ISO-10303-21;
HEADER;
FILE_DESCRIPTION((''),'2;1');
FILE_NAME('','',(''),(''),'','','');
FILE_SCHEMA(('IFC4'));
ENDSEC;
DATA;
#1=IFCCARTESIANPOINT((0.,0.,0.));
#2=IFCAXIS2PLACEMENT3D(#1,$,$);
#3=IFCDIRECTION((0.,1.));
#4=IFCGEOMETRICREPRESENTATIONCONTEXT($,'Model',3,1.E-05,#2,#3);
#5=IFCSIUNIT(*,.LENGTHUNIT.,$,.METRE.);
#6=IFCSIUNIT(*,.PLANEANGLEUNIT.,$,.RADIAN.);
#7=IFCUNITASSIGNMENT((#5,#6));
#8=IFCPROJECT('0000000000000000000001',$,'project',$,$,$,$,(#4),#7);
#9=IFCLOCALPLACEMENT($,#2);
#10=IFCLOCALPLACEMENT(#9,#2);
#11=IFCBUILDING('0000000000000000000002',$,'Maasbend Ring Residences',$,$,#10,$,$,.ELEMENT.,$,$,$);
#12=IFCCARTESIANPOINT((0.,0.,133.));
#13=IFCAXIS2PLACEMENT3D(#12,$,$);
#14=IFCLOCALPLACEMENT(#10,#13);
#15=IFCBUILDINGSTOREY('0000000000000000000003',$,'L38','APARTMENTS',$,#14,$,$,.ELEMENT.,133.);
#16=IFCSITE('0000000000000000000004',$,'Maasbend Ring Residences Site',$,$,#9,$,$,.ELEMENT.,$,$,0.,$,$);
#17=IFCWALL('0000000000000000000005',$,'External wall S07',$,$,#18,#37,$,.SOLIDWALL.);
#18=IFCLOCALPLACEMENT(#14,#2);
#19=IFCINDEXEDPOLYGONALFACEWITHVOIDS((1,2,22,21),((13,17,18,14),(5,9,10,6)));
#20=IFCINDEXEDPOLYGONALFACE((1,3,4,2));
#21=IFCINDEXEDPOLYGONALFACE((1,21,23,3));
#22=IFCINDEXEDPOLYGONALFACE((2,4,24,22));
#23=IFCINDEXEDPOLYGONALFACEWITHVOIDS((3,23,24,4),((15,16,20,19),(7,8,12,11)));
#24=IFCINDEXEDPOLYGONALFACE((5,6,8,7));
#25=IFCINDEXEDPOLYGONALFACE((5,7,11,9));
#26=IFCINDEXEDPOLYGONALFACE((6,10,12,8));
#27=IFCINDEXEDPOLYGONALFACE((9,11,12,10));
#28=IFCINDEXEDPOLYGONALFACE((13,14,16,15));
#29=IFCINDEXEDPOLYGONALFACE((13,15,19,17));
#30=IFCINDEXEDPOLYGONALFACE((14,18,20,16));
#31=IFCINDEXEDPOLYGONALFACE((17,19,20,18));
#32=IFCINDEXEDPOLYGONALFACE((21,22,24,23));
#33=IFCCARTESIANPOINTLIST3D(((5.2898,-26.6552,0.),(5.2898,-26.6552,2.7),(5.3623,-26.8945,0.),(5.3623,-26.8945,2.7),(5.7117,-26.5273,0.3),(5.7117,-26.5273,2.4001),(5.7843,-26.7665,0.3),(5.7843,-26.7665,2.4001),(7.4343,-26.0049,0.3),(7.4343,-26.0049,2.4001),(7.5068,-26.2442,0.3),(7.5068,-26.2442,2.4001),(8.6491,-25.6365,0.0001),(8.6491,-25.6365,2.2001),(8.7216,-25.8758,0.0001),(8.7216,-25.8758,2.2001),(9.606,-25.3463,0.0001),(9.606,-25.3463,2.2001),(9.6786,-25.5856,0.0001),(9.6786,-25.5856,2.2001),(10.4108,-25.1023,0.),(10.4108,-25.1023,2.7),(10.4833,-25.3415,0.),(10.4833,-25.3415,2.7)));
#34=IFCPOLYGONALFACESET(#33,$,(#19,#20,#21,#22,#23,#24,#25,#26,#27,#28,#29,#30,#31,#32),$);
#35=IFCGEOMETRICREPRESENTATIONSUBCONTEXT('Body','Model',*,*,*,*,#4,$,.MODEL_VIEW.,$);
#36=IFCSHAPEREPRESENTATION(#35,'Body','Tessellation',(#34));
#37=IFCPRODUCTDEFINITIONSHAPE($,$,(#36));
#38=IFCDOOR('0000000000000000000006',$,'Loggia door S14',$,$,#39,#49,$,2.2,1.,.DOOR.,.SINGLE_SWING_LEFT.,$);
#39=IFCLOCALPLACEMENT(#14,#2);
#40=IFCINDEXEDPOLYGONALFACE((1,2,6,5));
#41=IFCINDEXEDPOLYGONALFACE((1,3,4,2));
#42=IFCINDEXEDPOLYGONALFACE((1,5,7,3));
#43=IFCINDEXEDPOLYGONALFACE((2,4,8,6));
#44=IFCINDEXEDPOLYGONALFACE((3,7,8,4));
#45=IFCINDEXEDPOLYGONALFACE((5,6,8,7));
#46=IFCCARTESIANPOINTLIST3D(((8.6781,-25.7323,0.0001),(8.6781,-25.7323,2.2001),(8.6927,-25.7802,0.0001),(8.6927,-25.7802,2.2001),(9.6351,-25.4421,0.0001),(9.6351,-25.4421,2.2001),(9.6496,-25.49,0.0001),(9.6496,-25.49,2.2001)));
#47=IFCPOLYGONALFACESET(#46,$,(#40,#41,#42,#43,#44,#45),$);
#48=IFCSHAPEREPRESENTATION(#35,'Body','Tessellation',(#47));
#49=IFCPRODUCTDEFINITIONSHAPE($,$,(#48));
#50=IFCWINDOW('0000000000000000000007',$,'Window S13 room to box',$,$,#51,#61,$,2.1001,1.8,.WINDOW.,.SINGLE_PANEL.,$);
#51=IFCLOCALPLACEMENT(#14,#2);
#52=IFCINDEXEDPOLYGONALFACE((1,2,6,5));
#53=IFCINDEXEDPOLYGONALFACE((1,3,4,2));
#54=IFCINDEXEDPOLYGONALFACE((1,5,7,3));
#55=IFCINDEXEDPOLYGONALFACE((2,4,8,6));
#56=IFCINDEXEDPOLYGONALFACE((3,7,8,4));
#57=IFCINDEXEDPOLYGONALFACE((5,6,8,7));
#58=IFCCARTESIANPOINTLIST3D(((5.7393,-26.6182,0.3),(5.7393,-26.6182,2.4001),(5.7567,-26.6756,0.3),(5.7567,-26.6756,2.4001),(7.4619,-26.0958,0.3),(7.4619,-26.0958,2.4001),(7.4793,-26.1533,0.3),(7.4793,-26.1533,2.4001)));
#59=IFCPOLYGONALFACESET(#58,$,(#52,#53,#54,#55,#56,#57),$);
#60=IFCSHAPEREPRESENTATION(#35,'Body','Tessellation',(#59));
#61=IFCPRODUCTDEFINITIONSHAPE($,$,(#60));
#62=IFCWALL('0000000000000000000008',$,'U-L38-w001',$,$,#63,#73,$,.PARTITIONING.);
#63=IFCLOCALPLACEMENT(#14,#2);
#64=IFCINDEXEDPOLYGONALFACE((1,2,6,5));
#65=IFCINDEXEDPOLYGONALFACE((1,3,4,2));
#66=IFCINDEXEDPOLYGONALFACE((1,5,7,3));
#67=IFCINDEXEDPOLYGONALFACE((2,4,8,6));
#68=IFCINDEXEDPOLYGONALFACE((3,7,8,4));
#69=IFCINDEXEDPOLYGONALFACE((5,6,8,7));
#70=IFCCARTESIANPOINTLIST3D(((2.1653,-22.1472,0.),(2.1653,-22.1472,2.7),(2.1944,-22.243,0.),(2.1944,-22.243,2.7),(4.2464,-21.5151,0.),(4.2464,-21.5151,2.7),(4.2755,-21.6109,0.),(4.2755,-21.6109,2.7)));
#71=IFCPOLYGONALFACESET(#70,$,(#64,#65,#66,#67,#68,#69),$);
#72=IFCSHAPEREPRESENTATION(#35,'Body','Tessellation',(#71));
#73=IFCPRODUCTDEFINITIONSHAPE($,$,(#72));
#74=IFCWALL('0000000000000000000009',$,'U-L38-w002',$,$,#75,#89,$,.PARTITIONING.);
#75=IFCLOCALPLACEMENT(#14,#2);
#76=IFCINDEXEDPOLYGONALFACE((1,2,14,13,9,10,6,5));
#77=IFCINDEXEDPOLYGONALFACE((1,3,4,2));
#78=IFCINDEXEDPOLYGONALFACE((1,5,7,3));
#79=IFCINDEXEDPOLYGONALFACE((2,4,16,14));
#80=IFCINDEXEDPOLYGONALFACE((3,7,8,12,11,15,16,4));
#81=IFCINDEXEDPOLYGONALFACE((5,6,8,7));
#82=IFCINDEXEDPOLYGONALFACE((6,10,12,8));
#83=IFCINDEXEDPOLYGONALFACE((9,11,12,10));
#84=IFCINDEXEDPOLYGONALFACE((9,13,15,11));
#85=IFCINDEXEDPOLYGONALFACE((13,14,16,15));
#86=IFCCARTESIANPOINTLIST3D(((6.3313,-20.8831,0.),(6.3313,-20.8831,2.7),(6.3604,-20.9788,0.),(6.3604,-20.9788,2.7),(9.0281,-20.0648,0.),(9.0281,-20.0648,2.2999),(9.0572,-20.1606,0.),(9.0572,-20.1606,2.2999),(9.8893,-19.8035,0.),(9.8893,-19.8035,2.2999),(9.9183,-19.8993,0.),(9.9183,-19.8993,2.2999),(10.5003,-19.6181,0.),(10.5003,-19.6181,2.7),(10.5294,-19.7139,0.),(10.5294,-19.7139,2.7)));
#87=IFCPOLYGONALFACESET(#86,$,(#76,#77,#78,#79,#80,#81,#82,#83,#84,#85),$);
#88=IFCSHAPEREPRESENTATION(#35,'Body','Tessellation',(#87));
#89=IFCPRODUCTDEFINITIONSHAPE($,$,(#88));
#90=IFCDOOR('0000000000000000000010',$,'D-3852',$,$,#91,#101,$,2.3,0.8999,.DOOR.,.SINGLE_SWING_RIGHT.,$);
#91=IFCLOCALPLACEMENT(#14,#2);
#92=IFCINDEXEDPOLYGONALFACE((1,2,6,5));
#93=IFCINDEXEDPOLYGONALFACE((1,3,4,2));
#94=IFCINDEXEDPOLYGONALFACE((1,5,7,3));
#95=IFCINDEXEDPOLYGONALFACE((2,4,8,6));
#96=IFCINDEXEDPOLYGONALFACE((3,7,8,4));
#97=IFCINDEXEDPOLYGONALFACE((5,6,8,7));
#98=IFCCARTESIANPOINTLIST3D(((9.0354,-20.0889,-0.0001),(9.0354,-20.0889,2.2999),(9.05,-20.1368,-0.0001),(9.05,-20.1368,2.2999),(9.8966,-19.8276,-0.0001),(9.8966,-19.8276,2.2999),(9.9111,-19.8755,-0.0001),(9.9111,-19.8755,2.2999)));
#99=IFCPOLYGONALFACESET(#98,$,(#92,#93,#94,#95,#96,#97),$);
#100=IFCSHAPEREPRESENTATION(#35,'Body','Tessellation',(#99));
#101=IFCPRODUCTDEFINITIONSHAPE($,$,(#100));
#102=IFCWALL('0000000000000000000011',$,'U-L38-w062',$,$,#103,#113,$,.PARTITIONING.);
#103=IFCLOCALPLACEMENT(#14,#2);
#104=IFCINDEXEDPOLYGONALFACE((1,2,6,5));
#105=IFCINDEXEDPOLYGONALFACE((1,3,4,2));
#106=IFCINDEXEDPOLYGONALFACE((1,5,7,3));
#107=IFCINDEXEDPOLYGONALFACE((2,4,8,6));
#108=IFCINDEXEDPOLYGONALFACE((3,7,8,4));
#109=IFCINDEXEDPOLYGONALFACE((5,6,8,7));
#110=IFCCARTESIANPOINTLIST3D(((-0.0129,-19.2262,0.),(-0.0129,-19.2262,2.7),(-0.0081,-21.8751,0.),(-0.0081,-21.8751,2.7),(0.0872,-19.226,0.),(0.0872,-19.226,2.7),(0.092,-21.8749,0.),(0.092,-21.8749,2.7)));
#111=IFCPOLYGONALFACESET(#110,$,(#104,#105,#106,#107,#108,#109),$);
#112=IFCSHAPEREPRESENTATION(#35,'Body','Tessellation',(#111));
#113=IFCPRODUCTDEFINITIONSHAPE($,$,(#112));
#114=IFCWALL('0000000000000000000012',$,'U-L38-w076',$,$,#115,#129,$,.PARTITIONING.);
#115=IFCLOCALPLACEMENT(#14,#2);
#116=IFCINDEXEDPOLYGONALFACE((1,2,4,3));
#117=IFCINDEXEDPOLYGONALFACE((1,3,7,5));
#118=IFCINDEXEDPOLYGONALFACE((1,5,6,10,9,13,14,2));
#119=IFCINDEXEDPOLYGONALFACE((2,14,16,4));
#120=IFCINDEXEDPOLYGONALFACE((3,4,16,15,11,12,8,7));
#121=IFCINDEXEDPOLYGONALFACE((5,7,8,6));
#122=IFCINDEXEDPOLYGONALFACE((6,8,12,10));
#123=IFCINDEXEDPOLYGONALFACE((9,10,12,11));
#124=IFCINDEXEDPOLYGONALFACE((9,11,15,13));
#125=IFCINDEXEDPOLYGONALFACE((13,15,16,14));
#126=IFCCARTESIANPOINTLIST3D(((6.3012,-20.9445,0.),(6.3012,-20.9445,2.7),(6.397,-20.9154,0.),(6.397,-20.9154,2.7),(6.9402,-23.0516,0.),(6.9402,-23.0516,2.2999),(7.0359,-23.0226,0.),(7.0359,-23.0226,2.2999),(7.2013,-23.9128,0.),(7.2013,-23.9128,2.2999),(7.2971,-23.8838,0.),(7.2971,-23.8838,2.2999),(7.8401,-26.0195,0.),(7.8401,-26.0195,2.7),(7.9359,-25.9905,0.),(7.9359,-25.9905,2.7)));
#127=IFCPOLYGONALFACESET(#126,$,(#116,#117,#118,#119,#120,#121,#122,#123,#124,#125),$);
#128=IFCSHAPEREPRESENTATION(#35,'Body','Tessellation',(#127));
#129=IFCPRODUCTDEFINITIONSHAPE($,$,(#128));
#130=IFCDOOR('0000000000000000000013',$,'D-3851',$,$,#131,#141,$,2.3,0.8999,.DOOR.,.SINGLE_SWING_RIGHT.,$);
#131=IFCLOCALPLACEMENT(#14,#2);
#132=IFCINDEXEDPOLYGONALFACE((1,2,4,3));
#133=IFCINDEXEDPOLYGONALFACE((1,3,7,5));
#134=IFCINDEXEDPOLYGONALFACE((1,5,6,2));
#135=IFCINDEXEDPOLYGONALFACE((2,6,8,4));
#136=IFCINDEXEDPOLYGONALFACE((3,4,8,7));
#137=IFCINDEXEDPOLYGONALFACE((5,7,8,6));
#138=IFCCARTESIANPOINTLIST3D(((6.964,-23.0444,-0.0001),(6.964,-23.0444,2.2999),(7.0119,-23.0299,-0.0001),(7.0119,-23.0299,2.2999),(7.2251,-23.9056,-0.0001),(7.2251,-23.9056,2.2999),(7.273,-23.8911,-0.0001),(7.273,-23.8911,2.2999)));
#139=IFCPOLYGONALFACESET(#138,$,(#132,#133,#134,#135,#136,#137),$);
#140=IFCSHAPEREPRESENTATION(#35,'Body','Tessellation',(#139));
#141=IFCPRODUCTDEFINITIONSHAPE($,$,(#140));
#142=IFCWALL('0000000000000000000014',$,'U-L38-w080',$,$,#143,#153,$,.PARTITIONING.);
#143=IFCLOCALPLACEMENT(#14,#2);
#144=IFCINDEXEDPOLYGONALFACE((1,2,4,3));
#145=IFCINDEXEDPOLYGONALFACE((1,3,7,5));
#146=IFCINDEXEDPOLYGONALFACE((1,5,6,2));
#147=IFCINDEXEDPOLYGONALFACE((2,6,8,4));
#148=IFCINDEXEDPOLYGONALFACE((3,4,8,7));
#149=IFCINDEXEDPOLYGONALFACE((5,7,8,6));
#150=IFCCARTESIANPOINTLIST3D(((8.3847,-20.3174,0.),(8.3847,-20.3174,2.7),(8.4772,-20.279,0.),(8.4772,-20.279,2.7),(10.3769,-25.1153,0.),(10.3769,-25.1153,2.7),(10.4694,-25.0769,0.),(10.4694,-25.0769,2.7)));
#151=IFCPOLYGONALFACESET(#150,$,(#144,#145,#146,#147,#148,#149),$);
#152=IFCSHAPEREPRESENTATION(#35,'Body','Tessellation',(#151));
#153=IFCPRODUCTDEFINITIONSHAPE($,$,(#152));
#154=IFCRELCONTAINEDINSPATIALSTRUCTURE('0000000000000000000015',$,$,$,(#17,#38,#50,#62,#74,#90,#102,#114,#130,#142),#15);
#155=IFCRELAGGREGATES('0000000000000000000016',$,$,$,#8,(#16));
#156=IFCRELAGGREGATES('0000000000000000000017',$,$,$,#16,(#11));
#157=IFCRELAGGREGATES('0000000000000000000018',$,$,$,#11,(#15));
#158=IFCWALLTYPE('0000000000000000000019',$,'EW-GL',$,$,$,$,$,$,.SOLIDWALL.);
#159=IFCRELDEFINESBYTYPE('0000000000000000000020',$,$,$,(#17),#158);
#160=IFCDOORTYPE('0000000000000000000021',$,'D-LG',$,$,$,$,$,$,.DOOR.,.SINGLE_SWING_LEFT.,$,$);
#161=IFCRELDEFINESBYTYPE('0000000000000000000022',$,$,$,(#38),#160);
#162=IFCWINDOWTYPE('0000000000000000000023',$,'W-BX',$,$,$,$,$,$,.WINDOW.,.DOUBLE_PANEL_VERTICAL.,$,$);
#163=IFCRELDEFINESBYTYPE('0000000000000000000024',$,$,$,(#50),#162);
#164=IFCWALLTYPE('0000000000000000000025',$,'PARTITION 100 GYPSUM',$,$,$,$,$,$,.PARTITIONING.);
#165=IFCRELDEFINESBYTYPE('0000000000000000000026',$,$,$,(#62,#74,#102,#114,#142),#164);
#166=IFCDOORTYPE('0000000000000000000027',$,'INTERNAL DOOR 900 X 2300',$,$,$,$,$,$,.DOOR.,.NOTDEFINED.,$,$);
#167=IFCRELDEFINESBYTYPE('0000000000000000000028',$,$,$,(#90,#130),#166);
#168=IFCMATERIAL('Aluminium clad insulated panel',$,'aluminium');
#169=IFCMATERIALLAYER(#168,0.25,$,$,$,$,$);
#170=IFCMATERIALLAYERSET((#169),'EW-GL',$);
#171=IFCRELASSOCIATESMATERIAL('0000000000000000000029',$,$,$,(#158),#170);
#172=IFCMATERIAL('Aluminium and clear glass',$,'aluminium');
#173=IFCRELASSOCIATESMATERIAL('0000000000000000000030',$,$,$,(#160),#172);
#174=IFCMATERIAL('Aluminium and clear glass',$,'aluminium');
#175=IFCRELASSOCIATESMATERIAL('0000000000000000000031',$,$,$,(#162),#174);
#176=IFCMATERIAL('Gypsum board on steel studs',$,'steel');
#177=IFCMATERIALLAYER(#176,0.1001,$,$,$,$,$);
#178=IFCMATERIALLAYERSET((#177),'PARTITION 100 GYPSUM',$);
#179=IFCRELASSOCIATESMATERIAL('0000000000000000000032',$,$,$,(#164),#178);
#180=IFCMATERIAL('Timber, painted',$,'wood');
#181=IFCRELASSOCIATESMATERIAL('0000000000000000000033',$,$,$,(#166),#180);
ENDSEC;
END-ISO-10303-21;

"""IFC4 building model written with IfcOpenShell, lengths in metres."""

from ifc_helpers import new_model, si_unit, direction, frame, frame_2d, origin, place, context, subcontext, project, spatial, rectangle, extrude, material, layer, layer_set, type_object, element, fill, save


model = new_model("IFC4")

# Units and contexts
model_context = context("Model", 3, precision=1e-05, world=origin(), true_north=direction((0.0, 1.0)))
body_context = subcontext(model_context, "Body", "Model", "MODEL_VIEW")
ifc_project = project(units=[si_unit("LENGTHUNIT", "METRE"), si_unit("PLANEANGLEUNIT", "RADIAN")], contexts=[model_context])

# Site, building, storey
site_placement = place(None, origin())
site = spatial("IfcSite", under=ifc_project, at=site_placement, Name="Maasbend Ring Residences Site", CompositionType="ELEMENT", RefElevation=0.0)
building_placement = place(site_placement, origin())
building = spatial("IfcBuilding", under=site, at=building_placement, Name="Maasbend Ring Residences", CompositionType="ELEMENT")
storey_placement = place(building_placement, frame((0.0, 0.0, 133.0)))
storey = spatial("IfcBuildingStorey", under=building, at=storey_placement, Name="L38", Description="APARTMENTS", CompositionType="ELEMENT", Elevation=133.0)

# Wall, openings, door, window
ifc_material_1 = material(Name="Aluminium clad insulated panel", Category="aluminium")
ifc_layer_1 = layer(ifc_material_1, 0.25)
ifc_layer_set_1 = layer_set([ifc_layer_1], Name="EW-GL")
wall_type_1 = type_object("IfcWallType", Name="EW-GL", PredefinedType="SOLIDWALL", material=ifc_layer_set_1)
wall_1_placement = place(storey_placement, frame((5.3259, -26.7749, 0.0), z_axis=(0.0, 0.0, 1.0), x_axis=(0.956966, 0.290201, 0.0)))
wall_1 = element("IfcWall", 1, at=wall_1_placement, inside=storey, type_object=wall_type_1, Name="External wall S07", PredefinedType="SOLIDWALL", context=body_context, shape_type="SweptSolid", body=[
    extrude(rectangle(XDim=5.3513, YDim=0.25, at=frame_2d((2.6758, 0.0))), origin(), (0.0, 0.0, 1.0), 2.7),
])
opening_1_placement = place(wall_1_placement, frame((0.4412, 0.0, 0.3)))
opening_1 = element("IfcOpeningElement", 2, at=opening_1_placement, cuts=wall_1, PredefinedType="OPENING", context=body_context, shape_type="SweptSolid", body=[
    extrude(rectangle(XDim=1.8, YDim=2.1001, at=frame_2d((0.8999, 1.05))), frame((0.0, 0.135, 0.0), z_axis=(0.0, -1.0, 0.0), x_axis=(1.0, 0.0, 0.0)), (0.0, 0.0, 1.0), 0.27),
])
opening_2_placement = place(wall_1_placement, frame((3.5105, 0.0, 0.0)))
opening_2 = element("IfcOpeningElement", 3, at=opening_2_placement, cuts=wall_1, PredefinedType="OPENING", context=body_context, shape_type="SweptSolid", body=[
    extrude(rectangle(XDim=1.0, YDim=2.2, at=frame_2d((0.5, 1.1001))), frame((0.0, 0.135, 0.0), z_axis=(0.0, -1.0, 0.0), x_axis=(1.0, 0.0, 0.0)), (0.0, 0.0, 1.0), 0.27),
])
ifc_material_2 = material(Name="Aluminium and clear glass", Category="aluminium")
door_type_1 = type_object("IfcDoorType", Name="D-LG", OperationType="SINGLE_SWING_LEFT", PredefinedType="DOOR", material=ifc_material_2)
door_1_placement = place(opening_2_placement, origin())
door_1 = element("IfcDoor", 4, at=door_1_placement, inside=storey, type_object=door_type_1, Name="Loggia door S14", OperationType="SINGLE_SWING_LEFT", OverallHeight=2.2, OverallWidth=1.0, PredefinedType="DOOR", context=body_context, shape_type="SweptSolid", body=[
    extrude(rectangle(XDim=1.0, YDim=2.2, at=frame_2d((0.5, 1.1001))), frame((0.0, 0.0249, 0.0), z_axis=(0.0, -1.0, 0.0), x_axis=(1.0, 0.0, 0.0)), (0.0, 0.0, 1.0), 0.05),
])
fill(opening_2, door_1)
ifc_material_3 = material(Name="Aluminium and clear glass", Category="aluminium")
window_type_1 = type_object("IfcWindowType", Name="W-BX", PartitioningType="DOUBLE_PANEL_VERTICAL", PredefinedType="WINDOW", material=ifc_material_3)
window_1_placement = place(opening_1_placement, origin())
window_1 = element("IfcWindow", 5, at=window_1_placement, inside=storey, type_object=window_type_1, Name="Window S13 room to box", OverallHeight=2.1001, OverallWidth=1.8, PartitioningType="SINGLE_PANEL", PredefinedType="WINDOW", context=body_context, shape_type="SweptSolid", body=[
    extrude(rectangle(XDim=1.8, YDim=2.1001, at=frame_2d((0.8999, 1.05))), frame((0.0, 0.03, 0.0), z_axis=(0.0, -1.0, 0.0), x_axis=(1.0, 0.0, 0.0)), (0.0, 0.0, 1.0), 0.0601),
])
fill(opening_1, window_1)

# Wall
ifc_material_4 = material(Name="Gypsum board on steel studs", Category="steel")
ifc_layer_2 = layer(ifc_material_4, 0.1001)
ifc_layer_set_2 = layer_set([ifc_layer_2], Name="PARTITION 100 GYPSUM")
wall_type_2 = type_object("IfcWallType", Name="PARTITION 100 GYPSUM", PredefinedType="PARTITIONING", material=ifc_layer_set_2)
wall_2_placement = place(storey_placement, frame((2.1799, -22.1951, 0.0), z_axis=(0.0, 0.0, 1.0), x_axis=(0.956838, 0.290621, 0.0)))
element("IfcWall", 6, at=wall_2_placement, inside=storey, type_object=wall_type_2, Name="U-L38-w001", PredefinedType="PARTITIONING", context=body_context, shape_type="SweptSolid", body=[
    extrude(rectangle(XDim=2.175, YDim=0.1001, at=frame_2d((1.0874, 0.0))), origin(), (0.0, 0.0, 1.0), 2.7),
])

# Wall, opening, door
wall_3_placement = place(storey_placement, frame((6.3459, -20.9309, 0.0), z_axis=(0.0, 0.0, 1.0), x_axis=(0.956924, 0.290339, 0.0)))
wall_3 = element("IfcWall", 7, at=wall_3_placement, inside=storey, type_object=wall_type_2, Name="U-L38-w002", PredefinedType="PARTITIONING", context=body_context, shape_type="SweptSolid", body=[
    extrude(rectangle(XDim=4.3567, YDim=0.1001, at=frame_2d((2.1782, 0.0))), origin(), (0.0, 0.0, 1.0), 2.7),
])
opening_3_placement = place(wall_3_placement, frame((2.8181, 0.0, 0.0)))
opening_3 = element("IfcOpeningElement", 8, at=opening_3_placement, cuts=wall_3, PredefinedType="OPENING", context=body_context, shape_type="SweptSolid", body=[
    extrude(rectangle(XDim=0.8999, YDim=2.3, at=frame_2d((0.45, 1.1499))), frame((0.0, 0.0601, 0.0), z_axis=(0.0, -1.0, 0.0), x_axis=(1.0, 0.0, 0.0)), (0.0, 0.0, 1.0), 0.1201),
])
ifc_material_5 = material(Name="Timber, painted", Category="wood")
door_type_2 = type_object("IfcDoorType", Name="INTERNAL DOOR 900 X 2300", OperationType="NOTDEFINED", PredefinedType="DOOR", material=ifc_material_5)
door_2_placement = place(opening_3_placement, origin())
door_2 = element("IfcDoor", 9, at=door_2_placement, inside=storey, type_object=door_type_2, Name="D-3852", OperationType="SINGLE_SWING_RIGHT", OverallHeight=2.3, OverallWidth=0.8999, PredefinedType="DOOR", context=body_context, shape_type="SweptSolid", body=[
    extrude(rectangle(XDim=0.8999, YDim=2.3, at=frame_2d((0.45, 1.1499))), frame((0.0, 0.0249, 0.0), z_axis=(0.0, -1.0, 0.0), x_axis=(1.0, 0.0, 0.0)), (0.0, 0.0, 1.0), 0.05),
])
fill(opening_3, door_2)

# Wall
wall_4_placement = place(storey_placement, frame((0.042, -21.875, 0.0), z_axis=(0.0, 0.0, 1.0), x_axis=(-0.001843, 0.999998, 0.0)))
element("IfcWall", 10, at=wall_4_placement, inside=storey, type_object=wall_type_2, Name="U-L38-w062", PredefinedType="PARTITIONING", context=body_context, shape_type="SweptSolid", body=[
    extrude(rectangle(XDim=2.6489, YDim=0.1001, at=frame_2d((1.3245, 0.0))), origin(), (0.0, 0.0, 1.0), 2.7),
])

# Wall, opening, door
wall_5_placement = place(storey_placement, frame((6.3491, -20.9299, 0.0), z_axis=(0.0, 0.0, 1.0), x_axis=(0.290172, -0.956974, 0.0)))
wall_5 = element("IfcWall", 11, at=wall_5_placement, inside=storey, type_object=wall_type_2, Name="U-L38-w076", PredefinedType="PARTITIONING", context=body_context, shape_type="SweptSolid", body=[
    extrude(rectangle(XDim=5.3032, YDim=0.1001, at=frame_2d((2.6516, 0.0))), origin(), (0.0, 0.0, 1.0), 2.7),
])
opening_4_placement = place(wall_5_placement, frame((2.2019, 0.0, 0.0)))
opening_4 = element("IfcOpeningElement", 12, at=opening_4_placement, cuts=wall_5, PredefinedType="OPENING", context=body_context, shape_type="SweptSolid", body=[
    extrude(rectangle(XDim=0.8999, YDim=2.3, at=frame_2d((0.45, 1.1499))), frame((0.0, 0.0601, 0.0), z_axis=(0.0, -1.0, 0.0), x_axis=(1.0, 0.0, 0.0)), (0.0, 0.0, 1.0), 0.1201),
])
door_3_placement = place(opening_4_placement, origin())
door_3 = element("IfcDoor", 13, at=door_3_placement, inside=storey, type_object=door_type_2, Name="D-3851", OperationType="SINGLE_SWING_RIGHT", OverallHeight=2.3, OverallWidth=0.8999, PredefinedType="DOOR", context=body_context, shape_type="SweptSolid", body=[
    extrude(rectangle(XDim=0.8999, YDim=2.3, at=frame_2d((0.45, 1.1499))), frame((0.0, 0.0249, 0.0), z_axis=(0.0, -1.0, 0.0), x_axis=(1.0, 0.0, 0.0)), (0.0, 0.0, 1.0), 0.05),
])
fill(opening_4, door_3)

# Wall
wall_6_placement = place(storey_placement, frame((8.4309, -20.2981, 0.0), z_axis=(0.0, 0.0, 1.0), x_axis=(0.383481, -0.923549, 0.0)))
element("IfcWall", 14, at=wall_6_placement, inside=storey, type_object=wall_type_2, Name="U-L38-w080", PredefinedType="PARTITIONING", context=body_context, shape_type="SweptSolid", body=[
    extrude(rectangle(XDim=5.1951, YDim=0.1001, at=frame_2d((2.5977, 0.0))), origin(), (0.0, 0.0, 1.0), 2.7),
])

save(model, "model.ifc")
